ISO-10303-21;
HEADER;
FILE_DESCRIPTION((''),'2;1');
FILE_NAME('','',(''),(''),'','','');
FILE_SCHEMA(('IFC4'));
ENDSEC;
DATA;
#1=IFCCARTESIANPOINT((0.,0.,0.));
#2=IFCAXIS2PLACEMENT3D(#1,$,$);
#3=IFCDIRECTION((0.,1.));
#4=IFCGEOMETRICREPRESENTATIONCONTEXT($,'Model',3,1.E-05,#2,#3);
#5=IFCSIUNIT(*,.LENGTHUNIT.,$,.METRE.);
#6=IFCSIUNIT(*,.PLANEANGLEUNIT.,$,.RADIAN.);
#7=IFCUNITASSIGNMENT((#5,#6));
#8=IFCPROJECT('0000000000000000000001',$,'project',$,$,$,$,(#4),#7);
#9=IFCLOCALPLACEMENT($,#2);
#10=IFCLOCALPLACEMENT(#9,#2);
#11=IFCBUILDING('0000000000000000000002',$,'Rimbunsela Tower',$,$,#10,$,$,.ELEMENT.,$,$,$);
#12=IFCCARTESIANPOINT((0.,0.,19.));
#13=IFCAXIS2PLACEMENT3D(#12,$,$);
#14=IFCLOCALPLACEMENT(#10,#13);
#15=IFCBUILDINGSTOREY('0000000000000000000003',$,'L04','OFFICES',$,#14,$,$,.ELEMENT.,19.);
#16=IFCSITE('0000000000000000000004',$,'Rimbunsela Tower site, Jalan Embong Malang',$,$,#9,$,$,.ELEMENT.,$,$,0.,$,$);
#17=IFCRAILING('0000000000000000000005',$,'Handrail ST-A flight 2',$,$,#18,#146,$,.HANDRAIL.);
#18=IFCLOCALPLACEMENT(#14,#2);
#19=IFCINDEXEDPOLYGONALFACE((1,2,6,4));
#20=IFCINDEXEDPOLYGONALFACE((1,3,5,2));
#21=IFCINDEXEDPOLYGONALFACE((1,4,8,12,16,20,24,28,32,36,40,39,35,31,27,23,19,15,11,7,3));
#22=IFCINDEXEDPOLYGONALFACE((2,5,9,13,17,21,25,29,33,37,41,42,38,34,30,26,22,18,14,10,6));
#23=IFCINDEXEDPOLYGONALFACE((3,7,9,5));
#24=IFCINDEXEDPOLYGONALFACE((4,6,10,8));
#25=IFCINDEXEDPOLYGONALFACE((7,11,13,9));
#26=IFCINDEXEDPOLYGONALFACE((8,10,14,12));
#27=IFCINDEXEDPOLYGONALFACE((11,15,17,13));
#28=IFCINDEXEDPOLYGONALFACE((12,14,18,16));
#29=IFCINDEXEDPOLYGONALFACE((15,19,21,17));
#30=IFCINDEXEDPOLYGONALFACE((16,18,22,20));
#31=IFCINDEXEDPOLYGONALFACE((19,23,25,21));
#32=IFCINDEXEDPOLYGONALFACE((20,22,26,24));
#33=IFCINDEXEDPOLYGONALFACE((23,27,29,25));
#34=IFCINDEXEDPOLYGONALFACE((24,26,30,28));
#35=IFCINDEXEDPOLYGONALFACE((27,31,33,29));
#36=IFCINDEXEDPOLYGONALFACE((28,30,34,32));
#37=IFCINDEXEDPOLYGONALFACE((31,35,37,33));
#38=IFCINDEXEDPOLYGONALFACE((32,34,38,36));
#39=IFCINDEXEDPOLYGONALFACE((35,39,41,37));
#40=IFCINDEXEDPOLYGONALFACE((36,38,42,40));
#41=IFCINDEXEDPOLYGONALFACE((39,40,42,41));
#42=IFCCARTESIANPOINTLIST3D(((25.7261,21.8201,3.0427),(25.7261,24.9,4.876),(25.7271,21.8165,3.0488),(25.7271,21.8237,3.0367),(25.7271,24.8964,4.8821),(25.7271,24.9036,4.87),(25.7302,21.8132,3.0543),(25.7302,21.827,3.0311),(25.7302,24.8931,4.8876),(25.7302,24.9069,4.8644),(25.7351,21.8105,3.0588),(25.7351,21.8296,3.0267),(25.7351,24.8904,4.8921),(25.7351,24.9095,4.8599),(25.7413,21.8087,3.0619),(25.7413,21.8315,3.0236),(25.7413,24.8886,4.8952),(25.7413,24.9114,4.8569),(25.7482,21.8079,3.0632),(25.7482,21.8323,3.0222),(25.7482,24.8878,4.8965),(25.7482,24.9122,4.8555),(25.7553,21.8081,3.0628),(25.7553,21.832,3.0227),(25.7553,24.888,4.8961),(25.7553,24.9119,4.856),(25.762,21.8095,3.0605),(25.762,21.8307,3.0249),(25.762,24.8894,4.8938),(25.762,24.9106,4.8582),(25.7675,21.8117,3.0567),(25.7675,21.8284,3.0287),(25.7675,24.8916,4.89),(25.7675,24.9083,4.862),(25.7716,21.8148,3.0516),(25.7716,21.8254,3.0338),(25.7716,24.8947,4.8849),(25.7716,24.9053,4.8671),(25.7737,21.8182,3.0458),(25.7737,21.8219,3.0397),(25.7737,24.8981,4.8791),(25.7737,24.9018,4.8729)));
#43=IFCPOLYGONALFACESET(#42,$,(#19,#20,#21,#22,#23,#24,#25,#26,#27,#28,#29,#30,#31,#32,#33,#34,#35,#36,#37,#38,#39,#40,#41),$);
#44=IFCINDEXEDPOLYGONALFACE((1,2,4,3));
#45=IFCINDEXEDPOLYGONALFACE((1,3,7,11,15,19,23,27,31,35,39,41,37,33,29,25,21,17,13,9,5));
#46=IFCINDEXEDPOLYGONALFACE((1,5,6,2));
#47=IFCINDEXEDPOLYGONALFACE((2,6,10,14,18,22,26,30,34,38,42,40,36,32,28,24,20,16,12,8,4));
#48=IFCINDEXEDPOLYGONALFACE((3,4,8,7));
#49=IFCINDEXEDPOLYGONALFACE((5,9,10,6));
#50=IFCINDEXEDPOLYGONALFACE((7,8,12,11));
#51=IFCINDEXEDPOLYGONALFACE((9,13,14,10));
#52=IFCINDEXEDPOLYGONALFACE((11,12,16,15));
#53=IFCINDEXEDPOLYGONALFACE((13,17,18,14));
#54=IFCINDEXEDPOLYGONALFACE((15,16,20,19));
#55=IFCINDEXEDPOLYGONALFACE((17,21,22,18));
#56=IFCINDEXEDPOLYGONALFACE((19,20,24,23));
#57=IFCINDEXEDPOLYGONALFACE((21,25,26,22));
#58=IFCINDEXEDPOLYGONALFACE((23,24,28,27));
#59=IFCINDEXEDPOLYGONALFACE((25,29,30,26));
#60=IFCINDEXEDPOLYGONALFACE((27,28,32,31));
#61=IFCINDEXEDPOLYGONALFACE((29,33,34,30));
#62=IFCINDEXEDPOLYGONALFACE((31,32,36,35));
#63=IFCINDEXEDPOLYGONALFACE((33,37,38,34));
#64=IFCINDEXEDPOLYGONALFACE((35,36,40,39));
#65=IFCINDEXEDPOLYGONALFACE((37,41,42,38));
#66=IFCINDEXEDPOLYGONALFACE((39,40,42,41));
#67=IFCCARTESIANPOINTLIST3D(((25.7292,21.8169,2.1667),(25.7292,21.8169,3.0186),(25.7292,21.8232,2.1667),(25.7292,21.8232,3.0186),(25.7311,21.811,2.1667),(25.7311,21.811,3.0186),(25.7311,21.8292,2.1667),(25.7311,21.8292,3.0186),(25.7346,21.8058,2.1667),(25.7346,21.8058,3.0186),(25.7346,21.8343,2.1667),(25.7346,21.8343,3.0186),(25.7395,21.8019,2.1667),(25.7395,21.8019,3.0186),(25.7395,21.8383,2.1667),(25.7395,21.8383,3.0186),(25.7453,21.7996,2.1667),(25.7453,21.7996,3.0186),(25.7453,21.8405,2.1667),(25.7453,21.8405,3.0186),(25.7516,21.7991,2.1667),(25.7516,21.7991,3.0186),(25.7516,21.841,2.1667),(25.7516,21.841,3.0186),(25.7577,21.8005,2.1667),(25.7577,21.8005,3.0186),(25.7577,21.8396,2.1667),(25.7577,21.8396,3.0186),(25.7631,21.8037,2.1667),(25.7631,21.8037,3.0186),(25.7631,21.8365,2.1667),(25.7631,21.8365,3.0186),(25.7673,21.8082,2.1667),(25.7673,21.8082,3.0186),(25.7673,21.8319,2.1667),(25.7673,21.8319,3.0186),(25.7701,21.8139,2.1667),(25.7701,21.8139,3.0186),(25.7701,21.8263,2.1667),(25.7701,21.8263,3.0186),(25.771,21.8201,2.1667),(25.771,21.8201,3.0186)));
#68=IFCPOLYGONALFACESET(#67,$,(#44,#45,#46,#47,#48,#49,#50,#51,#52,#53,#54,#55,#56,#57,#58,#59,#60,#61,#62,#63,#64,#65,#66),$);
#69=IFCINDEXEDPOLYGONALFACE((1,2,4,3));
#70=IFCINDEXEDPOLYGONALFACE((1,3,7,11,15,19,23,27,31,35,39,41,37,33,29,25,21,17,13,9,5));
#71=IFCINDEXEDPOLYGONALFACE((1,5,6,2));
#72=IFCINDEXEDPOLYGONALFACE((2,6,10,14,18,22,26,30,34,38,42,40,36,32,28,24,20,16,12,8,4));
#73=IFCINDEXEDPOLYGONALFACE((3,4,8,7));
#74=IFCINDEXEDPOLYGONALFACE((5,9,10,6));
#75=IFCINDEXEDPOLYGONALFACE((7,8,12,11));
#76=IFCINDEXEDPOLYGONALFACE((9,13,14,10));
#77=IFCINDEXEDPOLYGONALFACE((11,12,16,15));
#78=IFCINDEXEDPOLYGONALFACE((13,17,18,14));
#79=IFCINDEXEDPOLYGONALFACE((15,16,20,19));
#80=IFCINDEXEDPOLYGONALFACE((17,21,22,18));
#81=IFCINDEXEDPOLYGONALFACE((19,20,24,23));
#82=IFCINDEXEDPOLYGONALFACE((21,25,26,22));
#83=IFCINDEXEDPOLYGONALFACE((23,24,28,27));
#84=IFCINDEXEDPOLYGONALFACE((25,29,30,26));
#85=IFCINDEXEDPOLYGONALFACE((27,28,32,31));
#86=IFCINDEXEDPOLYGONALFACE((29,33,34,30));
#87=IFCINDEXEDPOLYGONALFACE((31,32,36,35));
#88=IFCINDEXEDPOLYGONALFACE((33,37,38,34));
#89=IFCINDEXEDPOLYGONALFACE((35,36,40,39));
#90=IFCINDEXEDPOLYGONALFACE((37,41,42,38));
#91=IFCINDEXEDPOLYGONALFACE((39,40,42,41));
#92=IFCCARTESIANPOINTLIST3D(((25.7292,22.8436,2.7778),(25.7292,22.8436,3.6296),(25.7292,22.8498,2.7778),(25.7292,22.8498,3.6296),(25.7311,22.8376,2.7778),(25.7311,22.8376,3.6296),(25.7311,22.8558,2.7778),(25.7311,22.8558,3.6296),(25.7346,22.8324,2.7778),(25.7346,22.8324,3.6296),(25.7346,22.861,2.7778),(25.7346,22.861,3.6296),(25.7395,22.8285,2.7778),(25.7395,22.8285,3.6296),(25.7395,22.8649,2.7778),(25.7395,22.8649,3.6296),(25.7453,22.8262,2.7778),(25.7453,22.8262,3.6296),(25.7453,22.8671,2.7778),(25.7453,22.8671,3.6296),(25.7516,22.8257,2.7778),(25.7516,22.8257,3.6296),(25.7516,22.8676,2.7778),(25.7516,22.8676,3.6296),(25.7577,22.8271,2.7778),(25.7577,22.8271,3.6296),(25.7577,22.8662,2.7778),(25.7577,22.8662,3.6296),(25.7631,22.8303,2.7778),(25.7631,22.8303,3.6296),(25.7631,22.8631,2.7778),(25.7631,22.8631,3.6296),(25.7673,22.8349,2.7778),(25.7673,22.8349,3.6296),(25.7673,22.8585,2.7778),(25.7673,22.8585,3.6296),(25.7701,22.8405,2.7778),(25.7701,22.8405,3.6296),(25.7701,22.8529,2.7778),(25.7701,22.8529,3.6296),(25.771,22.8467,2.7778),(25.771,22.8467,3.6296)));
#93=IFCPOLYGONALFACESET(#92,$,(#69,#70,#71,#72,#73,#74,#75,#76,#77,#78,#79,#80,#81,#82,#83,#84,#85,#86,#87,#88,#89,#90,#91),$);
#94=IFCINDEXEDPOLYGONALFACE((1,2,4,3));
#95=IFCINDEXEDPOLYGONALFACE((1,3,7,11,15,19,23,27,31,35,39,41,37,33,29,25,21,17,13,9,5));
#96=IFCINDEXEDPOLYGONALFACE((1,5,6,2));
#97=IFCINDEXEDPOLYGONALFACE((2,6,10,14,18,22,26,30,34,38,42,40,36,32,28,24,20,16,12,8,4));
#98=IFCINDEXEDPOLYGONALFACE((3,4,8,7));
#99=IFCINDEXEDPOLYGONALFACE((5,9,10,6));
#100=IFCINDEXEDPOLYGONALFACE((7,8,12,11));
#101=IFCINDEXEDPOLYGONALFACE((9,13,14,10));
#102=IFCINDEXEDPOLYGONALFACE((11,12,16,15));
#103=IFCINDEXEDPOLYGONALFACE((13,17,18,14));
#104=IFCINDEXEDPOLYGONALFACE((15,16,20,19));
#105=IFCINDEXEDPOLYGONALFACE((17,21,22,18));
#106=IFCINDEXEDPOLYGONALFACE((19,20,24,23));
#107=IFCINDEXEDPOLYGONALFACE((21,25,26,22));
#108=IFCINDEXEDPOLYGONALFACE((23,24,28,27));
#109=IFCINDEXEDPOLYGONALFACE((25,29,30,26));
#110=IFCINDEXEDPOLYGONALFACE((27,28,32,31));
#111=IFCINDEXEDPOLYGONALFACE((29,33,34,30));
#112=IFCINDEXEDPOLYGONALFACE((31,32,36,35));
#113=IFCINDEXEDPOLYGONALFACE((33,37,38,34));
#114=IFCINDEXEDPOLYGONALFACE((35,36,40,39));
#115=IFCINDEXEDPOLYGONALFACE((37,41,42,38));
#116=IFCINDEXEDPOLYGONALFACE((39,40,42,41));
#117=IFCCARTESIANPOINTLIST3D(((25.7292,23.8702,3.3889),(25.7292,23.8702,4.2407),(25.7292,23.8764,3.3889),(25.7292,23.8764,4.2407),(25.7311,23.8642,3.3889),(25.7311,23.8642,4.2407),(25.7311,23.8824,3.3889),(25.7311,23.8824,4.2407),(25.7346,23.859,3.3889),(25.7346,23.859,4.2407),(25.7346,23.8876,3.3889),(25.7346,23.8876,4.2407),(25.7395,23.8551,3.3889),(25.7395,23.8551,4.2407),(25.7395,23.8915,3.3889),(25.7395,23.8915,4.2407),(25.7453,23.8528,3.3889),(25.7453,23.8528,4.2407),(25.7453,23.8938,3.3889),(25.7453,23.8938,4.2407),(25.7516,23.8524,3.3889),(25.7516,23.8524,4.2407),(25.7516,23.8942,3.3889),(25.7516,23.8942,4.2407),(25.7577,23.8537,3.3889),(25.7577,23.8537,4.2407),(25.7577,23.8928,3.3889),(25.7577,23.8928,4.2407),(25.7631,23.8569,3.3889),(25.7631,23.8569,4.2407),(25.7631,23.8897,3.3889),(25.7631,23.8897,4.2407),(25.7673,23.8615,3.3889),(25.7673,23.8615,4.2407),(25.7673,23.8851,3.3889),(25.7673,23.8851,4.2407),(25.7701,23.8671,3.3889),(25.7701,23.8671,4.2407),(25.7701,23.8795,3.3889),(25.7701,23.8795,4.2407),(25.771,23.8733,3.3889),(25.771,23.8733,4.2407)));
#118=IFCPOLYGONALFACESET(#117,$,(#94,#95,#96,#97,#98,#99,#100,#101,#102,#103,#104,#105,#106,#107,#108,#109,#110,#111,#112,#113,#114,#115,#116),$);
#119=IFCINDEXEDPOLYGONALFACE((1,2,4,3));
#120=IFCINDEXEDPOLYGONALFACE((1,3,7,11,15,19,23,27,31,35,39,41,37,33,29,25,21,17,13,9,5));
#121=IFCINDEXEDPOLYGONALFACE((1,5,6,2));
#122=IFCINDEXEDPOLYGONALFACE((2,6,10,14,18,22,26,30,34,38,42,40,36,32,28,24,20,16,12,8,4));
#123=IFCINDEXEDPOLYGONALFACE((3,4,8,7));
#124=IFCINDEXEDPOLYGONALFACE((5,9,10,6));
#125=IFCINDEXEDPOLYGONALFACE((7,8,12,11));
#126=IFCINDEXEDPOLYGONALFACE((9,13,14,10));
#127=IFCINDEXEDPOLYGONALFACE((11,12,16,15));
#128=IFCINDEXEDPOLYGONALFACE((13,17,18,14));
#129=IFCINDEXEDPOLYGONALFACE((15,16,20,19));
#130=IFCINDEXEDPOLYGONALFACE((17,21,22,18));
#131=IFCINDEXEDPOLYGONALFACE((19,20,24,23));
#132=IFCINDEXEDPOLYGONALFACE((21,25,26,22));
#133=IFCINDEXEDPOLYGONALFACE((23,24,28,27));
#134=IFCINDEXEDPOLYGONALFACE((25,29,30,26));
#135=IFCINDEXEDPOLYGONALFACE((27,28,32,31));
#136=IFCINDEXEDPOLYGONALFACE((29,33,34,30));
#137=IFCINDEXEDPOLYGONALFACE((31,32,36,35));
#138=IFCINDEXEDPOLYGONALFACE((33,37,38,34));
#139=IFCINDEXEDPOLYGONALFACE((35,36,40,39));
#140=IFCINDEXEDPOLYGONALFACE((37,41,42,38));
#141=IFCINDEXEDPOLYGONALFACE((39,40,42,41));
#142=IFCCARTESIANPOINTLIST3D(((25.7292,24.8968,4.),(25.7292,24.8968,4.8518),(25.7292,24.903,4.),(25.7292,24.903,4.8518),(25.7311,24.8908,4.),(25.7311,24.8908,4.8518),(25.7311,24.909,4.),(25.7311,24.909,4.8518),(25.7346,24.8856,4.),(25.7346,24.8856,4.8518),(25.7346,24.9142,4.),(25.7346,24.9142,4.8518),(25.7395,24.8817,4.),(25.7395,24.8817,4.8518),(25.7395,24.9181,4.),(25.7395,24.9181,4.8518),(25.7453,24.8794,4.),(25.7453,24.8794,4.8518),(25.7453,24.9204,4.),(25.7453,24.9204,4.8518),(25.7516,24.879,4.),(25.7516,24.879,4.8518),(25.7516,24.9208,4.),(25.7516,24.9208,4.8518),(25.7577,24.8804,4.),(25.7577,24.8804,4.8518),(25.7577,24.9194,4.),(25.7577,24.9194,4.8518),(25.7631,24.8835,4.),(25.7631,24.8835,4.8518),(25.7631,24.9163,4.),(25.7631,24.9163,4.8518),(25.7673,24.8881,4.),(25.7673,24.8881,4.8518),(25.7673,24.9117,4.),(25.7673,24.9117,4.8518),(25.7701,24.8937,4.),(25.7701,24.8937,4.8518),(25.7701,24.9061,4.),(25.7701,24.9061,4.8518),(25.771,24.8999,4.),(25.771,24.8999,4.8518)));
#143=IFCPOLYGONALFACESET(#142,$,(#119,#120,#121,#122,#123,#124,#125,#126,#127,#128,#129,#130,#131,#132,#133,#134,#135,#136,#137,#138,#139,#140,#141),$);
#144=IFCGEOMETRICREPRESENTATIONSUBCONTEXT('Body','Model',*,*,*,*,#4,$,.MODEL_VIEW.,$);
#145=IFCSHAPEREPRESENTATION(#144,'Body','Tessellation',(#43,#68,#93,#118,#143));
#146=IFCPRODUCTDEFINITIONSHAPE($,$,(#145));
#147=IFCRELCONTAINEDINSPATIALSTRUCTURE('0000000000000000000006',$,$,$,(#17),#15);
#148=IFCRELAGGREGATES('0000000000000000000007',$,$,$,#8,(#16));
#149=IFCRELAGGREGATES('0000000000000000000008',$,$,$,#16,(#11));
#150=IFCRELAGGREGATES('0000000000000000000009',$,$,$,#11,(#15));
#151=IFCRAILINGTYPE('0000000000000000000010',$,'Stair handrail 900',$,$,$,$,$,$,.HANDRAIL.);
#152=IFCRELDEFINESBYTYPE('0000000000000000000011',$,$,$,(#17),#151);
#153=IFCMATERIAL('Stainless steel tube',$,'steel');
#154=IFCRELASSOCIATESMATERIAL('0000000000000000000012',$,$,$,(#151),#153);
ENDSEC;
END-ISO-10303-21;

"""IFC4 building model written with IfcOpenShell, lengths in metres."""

from ifc_helpers import new_model, si_unit, direction, frame, origin, origin_2d, place, context, subcontext, project, spatial, circle, extrude, material, type_object, element, save


model = new_model("IFC4")

# Units and contexts
model_context = context("Model", 3, precision=1e-05, world=origin(), true_north=direction((0.0, 1.0)))
body_context = subcontext(model_context, "Body", "Model", "MODEL_VIEW")
ifc_project = project(units=[si_unit("LENGTHUNIT", "METRE"), si_unit("PLANEANGLEUNIT", "RADIAN")], contexts=[model_context])

# Site, building, storey
site_placement = place(None, origin())
site = spatial("IfcSite", under=ifc_project, at=site_placement, Name="Rimbunsela Tower site, Jalan Embong Malang", CompositionType="ELEMENT", RefElevation=0.0)
building_placement = place(site_placement, origin())
building = spatial("IfcBuilding", under=site, at=building_placement, Name="Rimbunsela Tower", CompositionType="ELEMENT")
storey_placement = place(building_placement, frame((0.0, 0.0, 19.0)))
storey = spatial("IfcBuildingStorey", under=building, at=storey_placement, Name="L04", Description="OFFICES", CompositionType="ELEMENT", Elevation=19.0)

# Railing
ifc_material_1 = material(Name="Stainless steel tube", Category="steel")
railing_type = type_object("IfcRailingType", Name="Stair handrail 900", PredefinedType="HANDRAIL", material=ifc_material_1)
railing_1_placement = place(storey_placement, frame((25.75, 21.8201, 2.1667)))
element("IfcRailing", 1, at=railing_1_placement, inside=storey, type_object=railing_type, Name="Handrail ST-A flight 2", PredefinedType="HANDRAIL", context=body_context, shape_type="SweptSolid", body=[
    extrude(circle(Radius=0.0239, at=origin_2d()), frame((0.0, 0.0, 0.876), z_axis=(0.0, 0.859291, 0.511487), x_axis=(-1.0, 0.0, 0.0)), (0.0, 0.0, 1.0), 3.5842),
    extrude(circle(Radius=0.021, at=origin_2d()), origin(), (0.0, 0.0, 1.0), 0.8518),
    extrude(circle(Radius=0.021, at=origin_2d()), frame((0.0, 1.0266, 0.6111)), (0.0, 0.0, 1.0), 0.8518),
    extrude(circle(Radius=0.021, at=origin_2d()), frame((0.0, 2.0532, 1.2222)), (0.0, 0.0, 1.0), 0.8518),
    extrude(circle(Radius=0.021, at=origin_2d()), frame((0.0, 3.0798, 1.8333)), (0.0, 0.0, 1.0), 0.8518),
])

save(model, "model.ifc")
